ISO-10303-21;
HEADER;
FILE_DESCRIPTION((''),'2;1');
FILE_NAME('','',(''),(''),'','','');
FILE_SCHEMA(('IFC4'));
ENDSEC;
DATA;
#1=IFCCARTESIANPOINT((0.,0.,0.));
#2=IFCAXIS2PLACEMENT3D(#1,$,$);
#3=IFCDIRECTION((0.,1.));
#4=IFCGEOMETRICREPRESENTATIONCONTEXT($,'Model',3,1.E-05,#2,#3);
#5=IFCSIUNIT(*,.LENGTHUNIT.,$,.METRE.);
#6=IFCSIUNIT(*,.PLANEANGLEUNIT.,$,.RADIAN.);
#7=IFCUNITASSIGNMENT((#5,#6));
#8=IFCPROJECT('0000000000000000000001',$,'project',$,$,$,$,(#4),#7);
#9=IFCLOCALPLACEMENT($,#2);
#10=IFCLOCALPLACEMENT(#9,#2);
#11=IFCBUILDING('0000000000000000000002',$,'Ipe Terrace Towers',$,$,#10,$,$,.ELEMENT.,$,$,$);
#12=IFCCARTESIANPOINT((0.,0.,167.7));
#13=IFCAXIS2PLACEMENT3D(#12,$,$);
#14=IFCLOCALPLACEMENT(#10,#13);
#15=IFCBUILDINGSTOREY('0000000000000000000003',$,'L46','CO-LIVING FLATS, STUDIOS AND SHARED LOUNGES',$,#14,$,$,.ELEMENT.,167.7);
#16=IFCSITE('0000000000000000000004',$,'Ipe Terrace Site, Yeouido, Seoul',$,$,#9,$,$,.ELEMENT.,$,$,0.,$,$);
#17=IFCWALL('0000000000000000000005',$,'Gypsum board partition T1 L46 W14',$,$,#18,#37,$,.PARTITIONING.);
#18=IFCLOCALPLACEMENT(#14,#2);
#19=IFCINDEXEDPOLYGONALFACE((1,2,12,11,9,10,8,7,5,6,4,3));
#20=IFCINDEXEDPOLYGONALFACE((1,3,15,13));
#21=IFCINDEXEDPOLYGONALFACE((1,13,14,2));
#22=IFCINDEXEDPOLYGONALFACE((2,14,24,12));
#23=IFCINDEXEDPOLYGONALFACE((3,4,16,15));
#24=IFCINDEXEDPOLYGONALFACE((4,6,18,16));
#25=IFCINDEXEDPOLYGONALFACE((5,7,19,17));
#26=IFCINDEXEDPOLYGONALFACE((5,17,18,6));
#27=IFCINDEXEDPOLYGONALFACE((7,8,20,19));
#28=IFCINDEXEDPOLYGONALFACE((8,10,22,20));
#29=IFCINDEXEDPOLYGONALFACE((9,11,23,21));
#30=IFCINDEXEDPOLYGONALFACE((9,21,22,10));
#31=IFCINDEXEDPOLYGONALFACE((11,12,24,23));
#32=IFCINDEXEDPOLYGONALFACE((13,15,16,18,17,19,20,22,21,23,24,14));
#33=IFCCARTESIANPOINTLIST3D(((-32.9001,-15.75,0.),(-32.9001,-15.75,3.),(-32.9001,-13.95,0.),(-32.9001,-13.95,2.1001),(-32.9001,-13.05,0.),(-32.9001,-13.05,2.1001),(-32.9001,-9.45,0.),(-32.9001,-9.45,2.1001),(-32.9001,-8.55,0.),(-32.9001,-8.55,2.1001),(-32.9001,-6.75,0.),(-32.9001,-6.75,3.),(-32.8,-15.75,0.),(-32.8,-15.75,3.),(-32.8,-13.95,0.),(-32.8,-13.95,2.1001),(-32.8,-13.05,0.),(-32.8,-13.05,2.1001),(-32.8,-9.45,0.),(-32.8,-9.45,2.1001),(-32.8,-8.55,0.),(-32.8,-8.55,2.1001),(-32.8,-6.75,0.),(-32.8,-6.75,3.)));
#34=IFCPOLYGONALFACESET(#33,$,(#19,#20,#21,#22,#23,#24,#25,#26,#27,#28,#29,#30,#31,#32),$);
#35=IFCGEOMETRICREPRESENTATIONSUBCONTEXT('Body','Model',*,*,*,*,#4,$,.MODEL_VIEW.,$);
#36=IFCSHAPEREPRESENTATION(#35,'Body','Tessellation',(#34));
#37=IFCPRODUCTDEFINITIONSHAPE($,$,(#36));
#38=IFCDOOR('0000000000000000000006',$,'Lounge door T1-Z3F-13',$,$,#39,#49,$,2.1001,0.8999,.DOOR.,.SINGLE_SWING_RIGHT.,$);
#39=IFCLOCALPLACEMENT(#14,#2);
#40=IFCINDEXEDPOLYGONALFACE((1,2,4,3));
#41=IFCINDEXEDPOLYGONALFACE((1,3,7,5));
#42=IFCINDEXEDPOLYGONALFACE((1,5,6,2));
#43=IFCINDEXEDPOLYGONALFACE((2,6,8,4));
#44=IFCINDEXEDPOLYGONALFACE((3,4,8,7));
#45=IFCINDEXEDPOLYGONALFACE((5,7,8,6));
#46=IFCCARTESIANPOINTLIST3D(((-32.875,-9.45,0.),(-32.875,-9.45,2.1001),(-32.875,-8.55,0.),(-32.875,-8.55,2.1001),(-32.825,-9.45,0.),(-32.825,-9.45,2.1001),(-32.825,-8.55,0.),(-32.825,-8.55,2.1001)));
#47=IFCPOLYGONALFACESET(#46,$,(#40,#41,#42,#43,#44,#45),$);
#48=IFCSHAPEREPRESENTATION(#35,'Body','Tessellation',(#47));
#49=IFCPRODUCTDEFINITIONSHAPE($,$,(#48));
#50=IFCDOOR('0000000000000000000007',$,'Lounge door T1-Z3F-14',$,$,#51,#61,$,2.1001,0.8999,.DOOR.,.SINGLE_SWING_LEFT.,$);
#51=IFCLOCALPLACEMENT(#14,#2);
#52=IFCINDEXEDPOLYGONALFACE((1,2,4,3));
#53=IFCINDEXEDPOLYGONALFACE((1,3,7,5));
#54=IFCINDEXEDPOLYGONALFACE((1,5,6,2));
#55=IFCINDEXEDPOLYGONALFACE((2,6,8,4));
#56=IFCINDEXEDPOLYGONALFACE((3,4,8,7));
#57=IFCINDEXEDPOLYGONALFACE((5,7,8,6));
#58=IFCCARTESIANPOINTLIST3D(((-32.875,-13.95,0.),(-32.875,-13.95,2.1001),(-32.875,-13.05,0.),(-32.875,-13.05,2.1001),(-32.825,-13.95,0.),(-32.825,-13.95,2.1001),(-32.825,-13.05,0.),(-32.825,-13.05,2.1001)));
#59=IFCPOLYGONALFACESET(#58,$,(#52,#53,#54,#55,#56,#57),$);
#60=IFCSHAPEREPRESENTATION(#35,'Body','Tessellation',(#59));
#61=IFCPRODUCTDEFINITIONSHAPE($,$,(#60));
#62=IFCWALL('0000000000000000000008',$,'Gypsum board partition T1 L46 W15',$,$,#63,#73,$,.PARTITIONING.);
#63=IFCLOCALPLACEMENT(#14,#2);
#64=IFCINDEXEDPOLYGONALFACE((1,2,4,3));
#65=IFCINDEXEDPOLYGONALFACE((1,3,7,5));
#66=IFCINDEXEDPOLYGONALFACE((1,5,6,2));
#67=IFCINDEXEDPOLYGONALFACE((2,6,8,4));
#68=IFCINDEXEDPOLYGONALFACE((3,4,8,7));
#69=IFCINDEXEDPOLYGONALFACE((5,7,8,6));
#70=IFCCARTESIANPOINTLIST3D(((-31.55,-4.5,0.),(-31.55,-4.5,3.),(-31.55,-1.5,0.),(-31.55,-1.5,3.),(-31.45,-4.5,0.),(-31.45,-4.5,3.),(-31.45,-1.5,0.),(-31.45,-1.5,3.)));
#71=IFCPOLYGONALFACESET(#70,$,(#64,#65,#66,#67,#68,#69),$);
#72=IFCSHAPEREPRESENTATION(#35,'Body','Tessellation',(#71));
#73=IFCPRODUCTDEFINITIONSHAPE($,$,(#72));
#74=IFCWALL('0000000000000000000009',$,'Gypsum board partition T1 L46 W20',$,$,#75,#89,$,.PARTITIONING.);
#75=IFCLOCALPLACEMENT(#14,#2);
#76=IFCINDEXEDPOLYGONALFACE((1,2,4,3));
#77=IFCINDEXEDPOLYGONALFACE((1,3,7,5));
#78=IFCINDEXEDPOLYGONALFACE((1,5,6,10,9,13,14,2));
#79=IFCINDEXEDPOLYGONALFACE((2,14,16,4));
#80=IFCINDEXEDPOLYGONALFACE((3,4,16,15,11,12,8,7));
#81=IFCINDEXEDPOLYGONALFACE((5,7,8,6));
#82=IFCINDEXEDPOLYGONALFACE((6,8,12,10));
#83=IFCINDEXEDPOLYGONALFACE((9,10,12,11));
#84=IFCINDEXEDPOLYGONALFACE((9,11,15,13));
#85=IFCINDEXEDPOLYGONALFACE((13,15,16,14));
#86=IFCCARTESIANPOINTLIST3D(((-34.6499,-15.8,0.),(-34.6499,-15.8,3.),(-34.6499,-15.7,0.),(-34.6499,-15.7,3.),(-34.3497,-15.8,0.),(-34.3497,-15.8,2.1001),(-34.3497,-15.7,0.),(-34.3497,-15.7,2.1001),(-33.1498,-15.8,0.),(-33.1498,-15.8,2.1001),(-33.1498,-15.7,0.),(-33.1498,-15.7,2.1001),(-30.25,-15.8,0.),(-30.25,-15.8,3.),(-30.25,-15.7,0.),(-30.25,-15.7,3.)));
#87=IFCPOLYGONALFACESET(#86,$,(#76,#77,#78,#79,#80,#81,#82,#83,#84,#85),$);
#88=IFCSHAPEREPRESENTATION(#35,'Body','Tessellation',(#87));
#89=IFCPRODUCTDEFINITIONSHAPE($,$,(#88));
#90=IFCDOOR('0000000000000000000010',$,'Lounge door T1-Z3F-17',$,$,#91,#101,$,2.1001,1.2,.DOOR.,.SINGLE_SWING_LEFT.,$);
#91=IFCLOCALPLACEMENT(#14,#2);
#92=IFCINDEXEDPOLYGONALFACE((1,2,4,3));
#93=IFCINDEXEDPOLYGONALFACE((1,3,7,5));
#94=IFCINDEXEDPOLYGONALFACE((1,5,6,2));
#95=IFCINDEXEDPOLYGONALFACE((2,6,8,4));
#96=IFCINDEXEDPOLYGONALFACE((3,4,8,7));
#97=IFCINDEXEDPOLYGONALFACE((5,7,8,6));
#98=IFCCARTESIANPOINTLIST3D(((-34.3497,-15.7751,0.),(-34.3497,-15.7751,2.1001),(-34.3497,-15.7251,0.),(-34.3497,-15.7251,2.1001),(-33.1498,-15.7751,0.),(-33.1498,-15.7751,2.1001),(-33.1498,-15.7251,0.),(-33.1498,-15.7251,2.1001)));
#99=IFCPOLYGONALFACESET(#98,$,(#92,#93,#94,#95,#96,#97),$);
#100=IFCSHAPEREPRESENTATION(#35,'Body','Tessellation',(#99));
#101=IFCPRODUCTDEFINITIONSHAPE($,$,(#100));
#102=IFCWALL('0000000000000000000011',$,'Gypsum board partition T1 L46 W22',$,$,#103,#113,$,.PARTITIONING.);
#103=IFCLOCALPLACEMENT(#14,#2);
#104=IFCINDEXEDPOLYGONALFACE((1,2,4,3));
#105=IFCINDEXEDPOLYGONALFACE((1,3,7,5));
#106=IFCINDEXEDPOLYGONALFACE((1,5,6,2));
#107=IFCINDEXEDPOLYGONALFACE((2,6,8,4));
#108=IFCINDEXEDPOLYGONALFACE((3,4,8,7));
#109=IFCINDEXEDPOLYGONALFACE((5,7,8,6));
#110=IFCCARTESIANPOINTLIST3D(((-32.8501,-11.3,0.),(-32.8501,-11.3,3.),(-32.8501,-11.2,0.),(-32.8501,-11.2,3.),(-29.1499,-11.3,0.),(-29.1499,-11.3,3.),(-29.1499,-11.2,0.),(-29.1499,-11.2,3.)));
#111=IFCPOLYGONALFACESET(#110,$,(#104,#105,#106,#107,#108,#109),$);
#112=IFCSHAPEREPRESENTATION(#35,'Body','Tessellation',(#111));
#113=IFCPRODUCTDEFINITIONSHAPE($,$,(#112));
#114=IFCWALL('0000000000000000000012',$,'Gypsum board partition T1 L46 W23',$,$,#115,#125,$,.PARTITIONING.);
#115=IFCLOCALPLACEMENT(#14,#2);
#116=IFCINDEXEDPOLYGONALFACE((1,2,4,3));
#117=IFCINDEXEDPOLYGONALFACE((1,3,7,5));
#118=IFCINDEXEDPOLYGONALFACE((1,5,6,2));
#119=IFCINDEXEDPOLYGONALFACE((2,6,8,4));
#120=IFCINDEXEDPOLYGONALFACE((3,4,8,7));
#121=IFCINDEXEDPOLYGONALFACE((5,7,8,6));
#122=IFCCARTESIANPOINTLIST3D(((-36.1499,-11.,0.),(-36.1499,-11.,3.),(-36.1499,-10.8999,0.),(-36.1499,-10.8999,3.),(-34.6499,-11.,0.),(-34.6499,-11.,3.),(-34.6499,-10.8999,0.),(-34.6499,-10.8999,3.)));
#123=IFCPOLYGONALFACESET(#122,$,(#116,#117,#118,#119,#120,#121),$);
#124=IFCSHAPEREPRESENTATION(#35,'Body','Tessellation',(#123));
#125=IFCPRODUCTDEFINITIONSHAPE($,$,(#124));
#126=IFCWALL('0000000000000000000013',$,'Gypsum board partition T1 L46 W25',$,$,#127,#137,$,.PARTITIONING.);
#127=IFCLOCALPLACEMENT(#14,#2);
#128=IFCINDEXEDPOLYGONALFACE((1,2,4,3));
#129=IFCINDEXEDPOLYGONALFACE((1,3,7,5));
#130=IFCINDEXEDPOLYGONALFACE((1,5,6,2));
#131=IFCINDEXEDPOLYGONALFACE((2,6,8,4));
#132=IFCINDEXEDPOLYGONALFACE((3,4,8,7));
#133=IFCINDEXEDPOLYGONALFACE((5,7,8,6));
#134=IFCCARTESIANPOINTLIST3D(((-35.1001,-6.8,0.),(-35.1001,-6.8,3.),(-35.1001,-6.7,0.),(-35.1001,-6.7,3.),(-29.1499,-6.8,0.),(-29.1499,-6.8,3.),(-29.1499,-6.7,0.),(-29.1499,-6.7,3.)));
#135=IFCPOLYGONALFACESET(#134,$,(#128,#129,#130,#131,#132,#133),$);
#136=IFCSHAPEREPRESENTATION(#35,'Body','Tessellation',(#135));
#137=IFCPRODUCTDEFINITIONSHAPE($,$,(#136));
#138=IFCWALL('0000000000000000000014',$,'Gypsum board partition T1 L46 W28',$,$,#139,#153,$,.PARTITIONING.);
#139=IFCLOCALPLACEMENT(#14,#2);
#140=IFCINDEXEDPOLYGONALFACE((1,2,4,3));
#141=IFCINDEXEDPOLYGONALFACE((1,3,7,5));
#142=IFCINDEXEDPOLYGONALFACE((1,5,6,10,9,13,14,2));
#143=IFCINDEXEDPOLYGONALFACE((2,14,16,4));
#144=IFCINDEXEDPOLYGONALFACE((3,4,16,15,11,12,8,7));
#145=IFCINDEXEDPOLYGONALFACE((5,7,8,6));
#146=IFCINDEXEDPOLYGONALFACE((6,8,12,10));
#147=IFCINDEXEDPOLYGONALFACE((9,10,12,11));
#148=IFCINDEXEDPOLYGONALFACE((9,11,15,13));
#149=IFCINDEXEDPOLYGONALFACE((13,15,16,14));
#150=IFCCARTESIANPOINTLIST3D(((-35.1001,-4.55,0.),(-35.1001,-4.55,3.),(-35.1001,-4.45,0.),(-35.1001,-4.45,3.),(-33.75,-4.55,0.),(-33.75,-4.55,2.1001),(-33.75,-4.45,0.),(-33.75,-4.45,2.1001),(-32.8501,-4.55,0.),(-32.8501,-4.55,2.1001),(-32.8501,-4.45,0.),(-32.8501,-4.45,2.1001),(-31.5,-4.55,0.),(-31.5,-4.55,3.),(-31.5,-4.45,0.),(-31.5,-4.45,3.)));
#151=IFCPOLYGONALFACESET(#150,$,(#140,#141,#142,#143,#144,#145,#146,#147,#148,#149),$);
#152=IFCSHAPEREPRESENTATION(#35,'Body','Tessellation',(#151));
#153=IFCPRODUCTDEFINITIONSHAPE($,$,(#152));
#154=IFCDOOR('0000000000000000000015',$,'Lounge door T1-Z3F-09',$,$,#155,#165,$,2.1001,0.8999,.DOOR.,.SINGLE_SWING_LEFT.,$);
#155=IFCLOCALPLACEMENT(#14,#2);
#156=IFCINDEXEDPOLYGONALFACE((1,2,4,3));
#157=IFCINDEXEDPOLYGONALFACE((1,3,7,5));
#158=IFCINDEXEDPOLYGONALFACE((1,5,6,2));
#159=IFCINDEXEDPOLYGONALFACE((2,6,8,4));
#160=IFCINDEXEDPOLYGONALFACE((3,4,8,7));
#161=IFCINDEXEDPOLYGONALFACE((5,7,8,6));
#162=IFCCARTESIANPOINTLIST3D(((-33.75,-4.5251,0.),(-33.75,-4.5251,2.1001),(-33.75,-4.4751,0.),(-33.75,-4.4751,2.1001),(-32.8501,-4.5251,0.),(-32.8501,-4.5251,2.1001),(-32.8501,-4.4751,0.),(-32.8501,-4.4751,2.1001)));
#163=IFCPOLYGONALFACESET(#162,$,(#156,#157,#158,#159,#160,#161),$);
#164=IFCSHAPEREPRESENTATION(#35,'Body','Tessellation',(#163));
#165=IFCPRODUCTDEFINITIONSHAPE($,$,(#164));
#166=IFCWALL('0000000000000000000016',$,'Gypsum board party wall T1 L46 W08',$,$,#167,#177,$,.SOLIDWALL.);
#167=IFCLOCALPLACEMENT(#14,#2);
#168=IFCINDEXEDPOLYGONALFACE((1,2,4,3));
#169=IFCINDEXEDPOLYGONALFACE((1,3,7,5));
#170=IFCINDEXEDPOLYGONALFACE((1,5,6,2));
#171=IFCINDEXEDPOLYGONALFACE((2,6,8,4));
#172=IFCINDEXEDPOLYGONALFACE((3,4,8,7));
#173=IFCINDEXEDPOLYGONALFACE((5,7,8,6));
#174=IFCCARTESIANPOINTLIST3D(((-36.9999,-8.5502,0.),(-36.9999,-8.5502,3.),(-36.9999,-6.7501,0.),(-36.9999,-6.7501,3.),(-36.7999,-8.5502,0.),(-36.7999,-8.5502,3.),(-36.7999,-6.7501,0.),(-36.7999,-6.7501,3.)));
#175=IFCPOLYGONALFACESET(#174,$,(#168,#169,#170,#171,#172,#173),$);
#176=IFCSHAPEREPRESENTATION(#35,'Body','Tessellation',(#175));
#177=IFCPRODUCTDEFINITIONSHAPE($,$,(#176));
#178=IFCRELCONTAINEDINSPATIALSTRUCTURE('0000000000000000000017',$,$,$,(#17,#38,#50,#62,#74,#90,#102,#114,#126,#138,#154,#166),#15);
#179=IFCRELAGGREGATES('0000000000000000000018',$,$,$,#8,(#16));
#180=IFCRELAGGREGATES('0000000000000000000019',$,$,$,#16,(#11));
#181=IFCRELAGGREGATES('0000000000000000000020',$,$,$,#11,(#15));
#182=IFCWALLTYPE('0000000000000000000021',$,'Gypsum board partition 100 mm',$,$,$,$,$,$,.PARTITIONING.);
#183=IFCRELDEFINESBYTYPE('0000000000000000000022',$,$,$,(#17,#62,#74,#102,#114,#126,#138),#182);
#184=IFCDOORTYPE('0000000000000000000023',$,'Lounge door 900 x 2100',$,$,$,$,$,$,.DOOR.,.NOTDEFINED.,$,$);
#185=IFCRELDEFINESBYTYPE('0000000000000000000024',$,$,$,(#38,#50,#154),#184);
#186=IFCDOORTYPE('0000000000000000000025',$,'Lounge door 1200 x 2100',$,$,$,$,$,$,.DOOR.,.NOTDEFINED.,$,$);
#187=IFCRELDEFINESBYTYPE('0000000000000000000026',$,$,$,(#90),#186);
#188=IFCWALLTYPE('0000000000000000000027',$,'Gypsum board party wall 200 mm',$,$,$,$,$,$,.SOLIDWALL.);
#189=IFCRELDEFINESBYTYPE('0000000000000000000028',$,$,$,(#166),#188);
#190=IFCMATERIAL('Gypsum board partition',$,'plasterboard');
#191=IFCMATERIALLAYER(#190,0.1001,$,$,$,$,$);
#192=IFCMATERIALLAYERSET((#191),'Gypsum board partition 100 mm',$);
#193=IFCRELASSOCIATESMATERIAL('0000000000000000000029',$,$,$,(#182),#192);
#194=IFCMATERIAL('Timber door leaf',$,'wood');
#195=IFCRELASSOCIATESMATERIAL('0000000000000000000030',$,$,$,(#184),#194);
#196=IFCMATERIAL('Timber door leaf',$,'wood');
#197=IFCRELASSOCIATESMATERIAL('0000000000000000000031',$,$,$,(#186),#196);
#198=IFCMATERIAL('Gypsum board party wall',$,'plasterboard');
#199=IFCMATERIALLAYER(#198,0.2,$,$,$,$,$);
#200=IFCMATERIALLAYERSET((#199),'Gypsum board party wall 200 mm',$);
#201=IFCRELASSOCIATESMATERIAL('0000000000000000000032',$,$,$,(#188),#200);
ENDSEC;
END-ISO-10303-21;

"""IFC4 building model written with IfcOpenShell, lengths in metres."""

from ifc_helpers import new_model, si_unit, direction, frame, frame_2d, origin, place, context, subcontext, project, spatial, rectangle, extrude, material, layer, layer_set, type_object, element, fill, save


model = new_model("IFC4")

# Units and contexts
model_context = context("Model", 3, precision=1e-05, world=origin(), true_north=direction((0.0, 1.0)))
body_context = subcontext(model_context, "Body", "Model", "MODEL_VIEW")
ifc_project = project(units=[si_unit("LENGTHUNIT", "METRE"), si_unit("PLANEANGLEUNIT", "RADIAN")], contexts=[model_context])

# Site, building, storey
site_placement = place(None, origin())
site = spatial("IfcSite", under=ifc_project, at=site_placement, Name="Ipe Terrace Site, Yeouido, Seoul", CompositionType="ELEMENT", RefElevation=0.0)
building_placement = place(site_placement, origin())
building = spatial("IfcBuilding", under=site, at=building_placement, Name="Ipe Terrace Towers", CompositionType="ELEMENT")
storey_placement = place(building_placement, frame((0.0, 0.0, 167.7)))
storey = spatial("IfcBuildingStorey", under=building, at=storey_placement, Name="L46", Description="CO-LIVING FLATS, STUDIOS AND SHARED LOUNGES", CompositionType="ELEMENT", Elevation=167.7)

# Shared definitions
ifc_material_1 = material(Name="Gypsum board partition", Category="plasterboard")
ifc_layer_1 = layer(ifc_material_1, 0.1001)
ifc_layer_set_1 = layer_set([ifc_layer_1], Name="Gypsum board partition 100 mm")
wall_type_1 = type_object("IfcWallType", Name="Gypsum board partition 100 mm", PredefinedType="PARTITIONING", material=ifc_layer_set_1)

# Wall, openings, doors
wall_1_placement = place(storey_placement, frame((-32.8501, -15.75, 0.0), z_axis=(0.0, 0.0, 1.0), x_axis=(0.0, 1.0, 0.0)))
wall_1 = element("IfcWall", 1, at=wall_1_placement, inside=storey, type_object=wall_type_1, Name="Gypsum board partition T1 L46 W14", PredefinedType="PARTITIONING", context=body_context, shape_type="SweptSolid", body=[
    extrude(rectangle(XDim=9.0, YDim=0.1001, at=frame_2d((4.5, 0.0))), origin(), (0.0, 0.0, 1.0), 3.0),
])
opening_1_placement = place(wall_1_placement, frame((6.3, 0.0, 0.0)))
opening_1 = element("IfcOpeningElement", 2, at=opening_1_placement, cuts=wall_1, PredefinedType="OPENING", context=body_context, shape_type="SweptSolid", body=[
    extrude(rectangle(XDim=0.8999, YDim=2.1001, at=frame_2d((0.45, 1.05))), frame((0.0, 0.0601, 0.0), z_axis=(0.0, -1.0, 0.0), x_axis=(1.0, 0.0, 0.0)), (0.0, 0.0, 1.0), 0.1201),
])
opening_2_placement = place(wall_1_placement, frame((1.8, 0.0, 0.0)))
opening_2 = element("IfcOpeningElement", 3, at=opening_2_placement, cuts=wall_1, PredefinedType="OPENING", context=body_context, shape_type="SweptSolid", body=[
    extrude(rectangle(XDim=0.8999, YDim=2.1001, at=frame_2d((0.45, 1.05))), frame((0.0, 0.0601, 0.0), z_axis=(0.0, -1.0, 0.0), x_axis=(1.0, 0.0, 0.0)), (0.0, 0.0, 1.0), 0.1201),
])
ifc_material_2 = material(Name="Timber door leaf", Category="wood")
door_type_1 = type_object("IfcDoorType", Name="Lounge door 900 x 2100", OperationType="NOTDEFINED", PredefinedType="DOOR", material=ifc_material_2)
door_1_placement = place(opening_1_placement, origin())
door_1 = element("IfcDoor", 4, at=door_1_placement, inside=storey, type_object=door_type_1, Name="Lounge door T1-Z3F-13", OperationType="SINGLE_SWING_RIGHT", OverallHeight=2.1001, OverallWidth=0.8999, PredefinedType="DOOR", context=body_context, shape_type="SweptSolid", body=[
    extrude(rectangle(XDim=0.8999, YDim=2.1001, at=frame_2d((0.45, 1.05))), frame((0.0, 0.0249, 0.0), z_axis=(0.0, -1.0, 0.0), x_axis=(1.0, 0.0, 0.0)), (0.0, 0.0, 1.0), 0.05),
])
fill(opening_1, door_1)
door_2_placement = place(opening_2_placement, origin())
door_2 = element("IfcDoor", 5, at=door_2_placement, inside=storey, type_object=door_type_1, Name="Lounge door T1-Z3F-14", OperationType="SINGLE_SWING_LEFT", OverallHeight=2.1001, OverallWidth=0.8999, PredefinedType="DOOR", context=body_context, shape_type="SweptSolid", body=[
    extrude(rectangle(XDim=0.8999, YDim=2.1001, at=frame_2d((0.45, 1.05))), frame((0.0, 0.0249, 0.0), z_axis=(0.0, -1.0, 0.0), x_axis=(1.0, 0.0, 0.0)), (0.0, 0.0, 1.0), 0.05),
])
fill(opening_2, door_2)

# Wall
wall_2_placement = place(storey_placement, frame((-31.5, -4.5, 0.0), z_axis=(0.0, 0.0, 1.0), x_axis=(0.0, 1.0, 0.0)))
element("IfcWall", 6, at=wall_2_placement, inside=storey, type_object=wall_type_1, Name="Gypsum board partition T1 L46 W15", PredefinedType="PARTITIONING", context=body_context, shape_type="SweptSolid", body=[
    extrude(rectangle(XDim=3.0, YDim=0.1001, at=frame_2d((1.5, 0.0))), origin(), (0.0, 0.0, 1.0), 3.0),
])

# Wall, opening, door
wall_3_placement = place(storey_placement, frame((-34.6499, -15.75, 0.0), z_axis=(0.0, 0.0, 1.0), x_axis=(1.0, 0.0, 0.0)))
wall_3 = element("IfcWall", 7, at=wall_3_placement, inside=storey, type_object=wall_type_1, Name="Gypsum board partition T1 L46 W20", PredefinedType="PARTITIONING", context=body_context, shape_type="SweptSolid", body=[
    extrude(rectangle(XDim=4.3999, YDim=0.1001, at=frame_2d((2.2, 0.0))), origin(), (0.0, 0.0, 1.0), 3.0),
])
opening_3_placement = place(wall_3_placement, frame((0.3, 0.0, 0.0)))
opening_3 = element("IfcOpeningElement", 8, at=opening_3_placement, cuts=wall_3, PredefinedType="OPENING", context=body_context, shape_type="SweptSolid", body=[
    extrude(rectangle(XDim=1.2, YDim=2.1001, at=frame_2d((0.6001, 1.05))), frame((0.0, 0.0601, 0.0), z_axis=(0.0, -1.0, 0.0), x_axis=(1.0, 0.0, 0.0)), (0.0, 0.0, 1.0), 0.1201),
])
ifc_material_3 = material(Name="Timber door leaf", Category="wood")
door_type_2 = type_object("IfcDoorType", Name="Lounge door 1200 x 2100", OperationType="NOTDEFINED", PredefinedType="DOOR", material=ifc_material_3)
door_3_placement = place(opening_3_placement, origin())
door_3 = element("IfcDoor", 9, at=door_3_placement, inside=storey, type_object=door_type_2, Name="Lounge door T1-Z3F-17", OperationType="SINGLE_SWING_LEFT", OverallHeight=2.1001, OverallWidth=1.2, PredefinedType="DOOR", context=body_context, shape_type="SweptSolid", body=[
    extrude(rectangle(XDim=1.2, YDim=2.1001, at=frame_2d((0.6001, 1.05))), frame((0.0, 0.0249, 0.0), z_axis=(0.0, -1.0, 0.0), x_axis=(1.0, 0.0, 0.0)), (0.0, 0.0, 1.0), 0.05),
])
fill(opening_3, door_3)

# Walls
wall_4_placement = place(storey_placement, frame((-32.8501, -11.25, 0.0), z_axis=(0.0, 0.0, 1.0), x_axis=(1.0, 0.0, 0.0)))
element("IfcWall", 10, at=wall_4_placement, inside=storey, type_object=wall_type_1, Name="Gypsum board partition T1 L46 W22", PredefinedType="PARTITIONING", context=body_context, shape_type="SweptSolid", body=[
    extrude(rectangle(XDim=3.7002, YDim=0.1001, at=frame_2d((1.8501, 0.0))), origin(), (0.0, 0.0, 1.0), 3.0),
])
wall_5_placement = place(storey_placement, frame((-36.1499, -10.95, 0.0), z_axis=(0.0, 0.0, 1.0), x_axis=(1.0, 0.0, 0.0)))
element("IfcWall", 11, at=wall_5_placement, inside=storey, type_object=wall_type_1, Name="Gypsum board partition T1 L46 W23", PredefinedType="PARTITIONING", context=body_context, shape_type="SweptSolid", body=[
    extrude(rectangle(XDim=1.5, YDim=0.1001, at=frame_2d((0.75, 0.0))), origin(), (0.0, 0.0, 1.0), 3.0),
])
wall_6_placement = place(storey_placement, frame((-35.1001, -6.75, 0.0), z_axis=(0.0, 0.0, 1.0), x_axis=(1.0, 0.0, 0.0)))
element("IfcWall", 12, at=wall_6_placement, inside=storey, type_object=wall_type_1, Name="Gypsum board partition T1 L46 W25", PredefinedType="PARTITIONING", context=body_context, shape_type="SweptSolid", body=[
    extrude(rectangle(XDim=5.9502, YDim=0.1001, at=frame_2d((2.9751, 0.0))), origin(), (0.0, 0.0, 1.0), 3.0),
])

# Wall, opening, door
wall_7_placement = place(storey_placement, frame((-35.1001, -4.5, 0.0), z_axis=(0.0, 0.0, 1.0), x_axis=(1.0, 0.0, 0.0)))
wall_7 = element("IfcWall", 13, at=wall_7_placement, inside=storey, type_object=wall_type_1, Name="Gypsum board partition T1 L46 W28", PredefinedType="PARTITIONING", context=body_context, shape_type="SweptSolid", body=[
    extrude(rectangle(XDim=3.6001, YDim=0.1001, at=frame_2d((1.8, 0.0))), origin(), (0.0, 0.0, 1.0), 3.0),
])
opening_4_placement = place(wall_7_placement, frame((1.3501, 0.0, 0.0)))
opening_4 = element("IfcOpeningElement", 14, at=opening_4_placement, cuts=wall_7, PredefinedType="OPENING", context=body_context, shape_type="SweptSolid", body=[
    extrude(rectangle(XDim=0.8999, YDim=2.1001, at=frame_2d((0.45, 1.05))), frame((0.0, 0.0601, 0.0), z_axis=(0.0, -1.0, 0.0), x_axis=(1.0, 0.0, 0.0)), (0.0, 0.0, 1.0), 0.1201),
])
door_4_placement = place(opening_4_placement, origin())
door_4 = element("IfcDoor", 15, at=door_4_placement, inside=storey, type_object=door_type_1, Name="Lounge door T1-Z3F-09", OperationType="SINGLE_SWING_LEFT", OverallHeight=2.1001, OverallWidth=0.8999, PredefinedType="DOOR", context=body_context, shape_type="SweptSolid", body=[
    extrude(rectangle(XDim=0.8999, YDim=2.1001, at=frame_2d((0.45, 1.05))), frame((0.0, 0.0249, 0.0), z_axis=(0.0, -1.0, 0.0), x_axis=(1.0, 0.0, 0.0)), (0.0, 0.0, 1.0), 0.05),
])
fill(opening_4, door_4)

# Wall
ifc_material_4 = material(Name="Gypsum board party wall", Category="plasterboard")
ifc_layer_2 = layer(ifc_material_4, 0.2)
ifc_layer_set_2 = layer_set([ifc_layer_2], Name="Gypsum board party wall 200 mm")
wall_type_2 = type_object("IfcWallType", Name="Gypsum board party wall 200 mm", PredefinedType="SOLIDWALL", material=ifc_layer_set_2)
wall_8_placement = place(storey_placement, frame((-36.8999, -8.55, 0.0), z_axis=(0.0, 0.0, 1.0), x_axis=(0.0, 1.0, 0.0)))
element("IfcWall", 16, at=wall_8_placement, inside=storey, type_object=wall_type_2, Name="Gypsum board party wall T1 L46 W08", PredefinedType="SOLIDWALL", context=body_context, shape_type="SweptSolid", body=[
    extrude(rectangle(XDim=1.8, YDim=0.2, at=frame_2d((0.8999, 0.0))), origin(), (0.0, 0.0, 1.0), 3.0),
])

save(model, "model.ifc")
